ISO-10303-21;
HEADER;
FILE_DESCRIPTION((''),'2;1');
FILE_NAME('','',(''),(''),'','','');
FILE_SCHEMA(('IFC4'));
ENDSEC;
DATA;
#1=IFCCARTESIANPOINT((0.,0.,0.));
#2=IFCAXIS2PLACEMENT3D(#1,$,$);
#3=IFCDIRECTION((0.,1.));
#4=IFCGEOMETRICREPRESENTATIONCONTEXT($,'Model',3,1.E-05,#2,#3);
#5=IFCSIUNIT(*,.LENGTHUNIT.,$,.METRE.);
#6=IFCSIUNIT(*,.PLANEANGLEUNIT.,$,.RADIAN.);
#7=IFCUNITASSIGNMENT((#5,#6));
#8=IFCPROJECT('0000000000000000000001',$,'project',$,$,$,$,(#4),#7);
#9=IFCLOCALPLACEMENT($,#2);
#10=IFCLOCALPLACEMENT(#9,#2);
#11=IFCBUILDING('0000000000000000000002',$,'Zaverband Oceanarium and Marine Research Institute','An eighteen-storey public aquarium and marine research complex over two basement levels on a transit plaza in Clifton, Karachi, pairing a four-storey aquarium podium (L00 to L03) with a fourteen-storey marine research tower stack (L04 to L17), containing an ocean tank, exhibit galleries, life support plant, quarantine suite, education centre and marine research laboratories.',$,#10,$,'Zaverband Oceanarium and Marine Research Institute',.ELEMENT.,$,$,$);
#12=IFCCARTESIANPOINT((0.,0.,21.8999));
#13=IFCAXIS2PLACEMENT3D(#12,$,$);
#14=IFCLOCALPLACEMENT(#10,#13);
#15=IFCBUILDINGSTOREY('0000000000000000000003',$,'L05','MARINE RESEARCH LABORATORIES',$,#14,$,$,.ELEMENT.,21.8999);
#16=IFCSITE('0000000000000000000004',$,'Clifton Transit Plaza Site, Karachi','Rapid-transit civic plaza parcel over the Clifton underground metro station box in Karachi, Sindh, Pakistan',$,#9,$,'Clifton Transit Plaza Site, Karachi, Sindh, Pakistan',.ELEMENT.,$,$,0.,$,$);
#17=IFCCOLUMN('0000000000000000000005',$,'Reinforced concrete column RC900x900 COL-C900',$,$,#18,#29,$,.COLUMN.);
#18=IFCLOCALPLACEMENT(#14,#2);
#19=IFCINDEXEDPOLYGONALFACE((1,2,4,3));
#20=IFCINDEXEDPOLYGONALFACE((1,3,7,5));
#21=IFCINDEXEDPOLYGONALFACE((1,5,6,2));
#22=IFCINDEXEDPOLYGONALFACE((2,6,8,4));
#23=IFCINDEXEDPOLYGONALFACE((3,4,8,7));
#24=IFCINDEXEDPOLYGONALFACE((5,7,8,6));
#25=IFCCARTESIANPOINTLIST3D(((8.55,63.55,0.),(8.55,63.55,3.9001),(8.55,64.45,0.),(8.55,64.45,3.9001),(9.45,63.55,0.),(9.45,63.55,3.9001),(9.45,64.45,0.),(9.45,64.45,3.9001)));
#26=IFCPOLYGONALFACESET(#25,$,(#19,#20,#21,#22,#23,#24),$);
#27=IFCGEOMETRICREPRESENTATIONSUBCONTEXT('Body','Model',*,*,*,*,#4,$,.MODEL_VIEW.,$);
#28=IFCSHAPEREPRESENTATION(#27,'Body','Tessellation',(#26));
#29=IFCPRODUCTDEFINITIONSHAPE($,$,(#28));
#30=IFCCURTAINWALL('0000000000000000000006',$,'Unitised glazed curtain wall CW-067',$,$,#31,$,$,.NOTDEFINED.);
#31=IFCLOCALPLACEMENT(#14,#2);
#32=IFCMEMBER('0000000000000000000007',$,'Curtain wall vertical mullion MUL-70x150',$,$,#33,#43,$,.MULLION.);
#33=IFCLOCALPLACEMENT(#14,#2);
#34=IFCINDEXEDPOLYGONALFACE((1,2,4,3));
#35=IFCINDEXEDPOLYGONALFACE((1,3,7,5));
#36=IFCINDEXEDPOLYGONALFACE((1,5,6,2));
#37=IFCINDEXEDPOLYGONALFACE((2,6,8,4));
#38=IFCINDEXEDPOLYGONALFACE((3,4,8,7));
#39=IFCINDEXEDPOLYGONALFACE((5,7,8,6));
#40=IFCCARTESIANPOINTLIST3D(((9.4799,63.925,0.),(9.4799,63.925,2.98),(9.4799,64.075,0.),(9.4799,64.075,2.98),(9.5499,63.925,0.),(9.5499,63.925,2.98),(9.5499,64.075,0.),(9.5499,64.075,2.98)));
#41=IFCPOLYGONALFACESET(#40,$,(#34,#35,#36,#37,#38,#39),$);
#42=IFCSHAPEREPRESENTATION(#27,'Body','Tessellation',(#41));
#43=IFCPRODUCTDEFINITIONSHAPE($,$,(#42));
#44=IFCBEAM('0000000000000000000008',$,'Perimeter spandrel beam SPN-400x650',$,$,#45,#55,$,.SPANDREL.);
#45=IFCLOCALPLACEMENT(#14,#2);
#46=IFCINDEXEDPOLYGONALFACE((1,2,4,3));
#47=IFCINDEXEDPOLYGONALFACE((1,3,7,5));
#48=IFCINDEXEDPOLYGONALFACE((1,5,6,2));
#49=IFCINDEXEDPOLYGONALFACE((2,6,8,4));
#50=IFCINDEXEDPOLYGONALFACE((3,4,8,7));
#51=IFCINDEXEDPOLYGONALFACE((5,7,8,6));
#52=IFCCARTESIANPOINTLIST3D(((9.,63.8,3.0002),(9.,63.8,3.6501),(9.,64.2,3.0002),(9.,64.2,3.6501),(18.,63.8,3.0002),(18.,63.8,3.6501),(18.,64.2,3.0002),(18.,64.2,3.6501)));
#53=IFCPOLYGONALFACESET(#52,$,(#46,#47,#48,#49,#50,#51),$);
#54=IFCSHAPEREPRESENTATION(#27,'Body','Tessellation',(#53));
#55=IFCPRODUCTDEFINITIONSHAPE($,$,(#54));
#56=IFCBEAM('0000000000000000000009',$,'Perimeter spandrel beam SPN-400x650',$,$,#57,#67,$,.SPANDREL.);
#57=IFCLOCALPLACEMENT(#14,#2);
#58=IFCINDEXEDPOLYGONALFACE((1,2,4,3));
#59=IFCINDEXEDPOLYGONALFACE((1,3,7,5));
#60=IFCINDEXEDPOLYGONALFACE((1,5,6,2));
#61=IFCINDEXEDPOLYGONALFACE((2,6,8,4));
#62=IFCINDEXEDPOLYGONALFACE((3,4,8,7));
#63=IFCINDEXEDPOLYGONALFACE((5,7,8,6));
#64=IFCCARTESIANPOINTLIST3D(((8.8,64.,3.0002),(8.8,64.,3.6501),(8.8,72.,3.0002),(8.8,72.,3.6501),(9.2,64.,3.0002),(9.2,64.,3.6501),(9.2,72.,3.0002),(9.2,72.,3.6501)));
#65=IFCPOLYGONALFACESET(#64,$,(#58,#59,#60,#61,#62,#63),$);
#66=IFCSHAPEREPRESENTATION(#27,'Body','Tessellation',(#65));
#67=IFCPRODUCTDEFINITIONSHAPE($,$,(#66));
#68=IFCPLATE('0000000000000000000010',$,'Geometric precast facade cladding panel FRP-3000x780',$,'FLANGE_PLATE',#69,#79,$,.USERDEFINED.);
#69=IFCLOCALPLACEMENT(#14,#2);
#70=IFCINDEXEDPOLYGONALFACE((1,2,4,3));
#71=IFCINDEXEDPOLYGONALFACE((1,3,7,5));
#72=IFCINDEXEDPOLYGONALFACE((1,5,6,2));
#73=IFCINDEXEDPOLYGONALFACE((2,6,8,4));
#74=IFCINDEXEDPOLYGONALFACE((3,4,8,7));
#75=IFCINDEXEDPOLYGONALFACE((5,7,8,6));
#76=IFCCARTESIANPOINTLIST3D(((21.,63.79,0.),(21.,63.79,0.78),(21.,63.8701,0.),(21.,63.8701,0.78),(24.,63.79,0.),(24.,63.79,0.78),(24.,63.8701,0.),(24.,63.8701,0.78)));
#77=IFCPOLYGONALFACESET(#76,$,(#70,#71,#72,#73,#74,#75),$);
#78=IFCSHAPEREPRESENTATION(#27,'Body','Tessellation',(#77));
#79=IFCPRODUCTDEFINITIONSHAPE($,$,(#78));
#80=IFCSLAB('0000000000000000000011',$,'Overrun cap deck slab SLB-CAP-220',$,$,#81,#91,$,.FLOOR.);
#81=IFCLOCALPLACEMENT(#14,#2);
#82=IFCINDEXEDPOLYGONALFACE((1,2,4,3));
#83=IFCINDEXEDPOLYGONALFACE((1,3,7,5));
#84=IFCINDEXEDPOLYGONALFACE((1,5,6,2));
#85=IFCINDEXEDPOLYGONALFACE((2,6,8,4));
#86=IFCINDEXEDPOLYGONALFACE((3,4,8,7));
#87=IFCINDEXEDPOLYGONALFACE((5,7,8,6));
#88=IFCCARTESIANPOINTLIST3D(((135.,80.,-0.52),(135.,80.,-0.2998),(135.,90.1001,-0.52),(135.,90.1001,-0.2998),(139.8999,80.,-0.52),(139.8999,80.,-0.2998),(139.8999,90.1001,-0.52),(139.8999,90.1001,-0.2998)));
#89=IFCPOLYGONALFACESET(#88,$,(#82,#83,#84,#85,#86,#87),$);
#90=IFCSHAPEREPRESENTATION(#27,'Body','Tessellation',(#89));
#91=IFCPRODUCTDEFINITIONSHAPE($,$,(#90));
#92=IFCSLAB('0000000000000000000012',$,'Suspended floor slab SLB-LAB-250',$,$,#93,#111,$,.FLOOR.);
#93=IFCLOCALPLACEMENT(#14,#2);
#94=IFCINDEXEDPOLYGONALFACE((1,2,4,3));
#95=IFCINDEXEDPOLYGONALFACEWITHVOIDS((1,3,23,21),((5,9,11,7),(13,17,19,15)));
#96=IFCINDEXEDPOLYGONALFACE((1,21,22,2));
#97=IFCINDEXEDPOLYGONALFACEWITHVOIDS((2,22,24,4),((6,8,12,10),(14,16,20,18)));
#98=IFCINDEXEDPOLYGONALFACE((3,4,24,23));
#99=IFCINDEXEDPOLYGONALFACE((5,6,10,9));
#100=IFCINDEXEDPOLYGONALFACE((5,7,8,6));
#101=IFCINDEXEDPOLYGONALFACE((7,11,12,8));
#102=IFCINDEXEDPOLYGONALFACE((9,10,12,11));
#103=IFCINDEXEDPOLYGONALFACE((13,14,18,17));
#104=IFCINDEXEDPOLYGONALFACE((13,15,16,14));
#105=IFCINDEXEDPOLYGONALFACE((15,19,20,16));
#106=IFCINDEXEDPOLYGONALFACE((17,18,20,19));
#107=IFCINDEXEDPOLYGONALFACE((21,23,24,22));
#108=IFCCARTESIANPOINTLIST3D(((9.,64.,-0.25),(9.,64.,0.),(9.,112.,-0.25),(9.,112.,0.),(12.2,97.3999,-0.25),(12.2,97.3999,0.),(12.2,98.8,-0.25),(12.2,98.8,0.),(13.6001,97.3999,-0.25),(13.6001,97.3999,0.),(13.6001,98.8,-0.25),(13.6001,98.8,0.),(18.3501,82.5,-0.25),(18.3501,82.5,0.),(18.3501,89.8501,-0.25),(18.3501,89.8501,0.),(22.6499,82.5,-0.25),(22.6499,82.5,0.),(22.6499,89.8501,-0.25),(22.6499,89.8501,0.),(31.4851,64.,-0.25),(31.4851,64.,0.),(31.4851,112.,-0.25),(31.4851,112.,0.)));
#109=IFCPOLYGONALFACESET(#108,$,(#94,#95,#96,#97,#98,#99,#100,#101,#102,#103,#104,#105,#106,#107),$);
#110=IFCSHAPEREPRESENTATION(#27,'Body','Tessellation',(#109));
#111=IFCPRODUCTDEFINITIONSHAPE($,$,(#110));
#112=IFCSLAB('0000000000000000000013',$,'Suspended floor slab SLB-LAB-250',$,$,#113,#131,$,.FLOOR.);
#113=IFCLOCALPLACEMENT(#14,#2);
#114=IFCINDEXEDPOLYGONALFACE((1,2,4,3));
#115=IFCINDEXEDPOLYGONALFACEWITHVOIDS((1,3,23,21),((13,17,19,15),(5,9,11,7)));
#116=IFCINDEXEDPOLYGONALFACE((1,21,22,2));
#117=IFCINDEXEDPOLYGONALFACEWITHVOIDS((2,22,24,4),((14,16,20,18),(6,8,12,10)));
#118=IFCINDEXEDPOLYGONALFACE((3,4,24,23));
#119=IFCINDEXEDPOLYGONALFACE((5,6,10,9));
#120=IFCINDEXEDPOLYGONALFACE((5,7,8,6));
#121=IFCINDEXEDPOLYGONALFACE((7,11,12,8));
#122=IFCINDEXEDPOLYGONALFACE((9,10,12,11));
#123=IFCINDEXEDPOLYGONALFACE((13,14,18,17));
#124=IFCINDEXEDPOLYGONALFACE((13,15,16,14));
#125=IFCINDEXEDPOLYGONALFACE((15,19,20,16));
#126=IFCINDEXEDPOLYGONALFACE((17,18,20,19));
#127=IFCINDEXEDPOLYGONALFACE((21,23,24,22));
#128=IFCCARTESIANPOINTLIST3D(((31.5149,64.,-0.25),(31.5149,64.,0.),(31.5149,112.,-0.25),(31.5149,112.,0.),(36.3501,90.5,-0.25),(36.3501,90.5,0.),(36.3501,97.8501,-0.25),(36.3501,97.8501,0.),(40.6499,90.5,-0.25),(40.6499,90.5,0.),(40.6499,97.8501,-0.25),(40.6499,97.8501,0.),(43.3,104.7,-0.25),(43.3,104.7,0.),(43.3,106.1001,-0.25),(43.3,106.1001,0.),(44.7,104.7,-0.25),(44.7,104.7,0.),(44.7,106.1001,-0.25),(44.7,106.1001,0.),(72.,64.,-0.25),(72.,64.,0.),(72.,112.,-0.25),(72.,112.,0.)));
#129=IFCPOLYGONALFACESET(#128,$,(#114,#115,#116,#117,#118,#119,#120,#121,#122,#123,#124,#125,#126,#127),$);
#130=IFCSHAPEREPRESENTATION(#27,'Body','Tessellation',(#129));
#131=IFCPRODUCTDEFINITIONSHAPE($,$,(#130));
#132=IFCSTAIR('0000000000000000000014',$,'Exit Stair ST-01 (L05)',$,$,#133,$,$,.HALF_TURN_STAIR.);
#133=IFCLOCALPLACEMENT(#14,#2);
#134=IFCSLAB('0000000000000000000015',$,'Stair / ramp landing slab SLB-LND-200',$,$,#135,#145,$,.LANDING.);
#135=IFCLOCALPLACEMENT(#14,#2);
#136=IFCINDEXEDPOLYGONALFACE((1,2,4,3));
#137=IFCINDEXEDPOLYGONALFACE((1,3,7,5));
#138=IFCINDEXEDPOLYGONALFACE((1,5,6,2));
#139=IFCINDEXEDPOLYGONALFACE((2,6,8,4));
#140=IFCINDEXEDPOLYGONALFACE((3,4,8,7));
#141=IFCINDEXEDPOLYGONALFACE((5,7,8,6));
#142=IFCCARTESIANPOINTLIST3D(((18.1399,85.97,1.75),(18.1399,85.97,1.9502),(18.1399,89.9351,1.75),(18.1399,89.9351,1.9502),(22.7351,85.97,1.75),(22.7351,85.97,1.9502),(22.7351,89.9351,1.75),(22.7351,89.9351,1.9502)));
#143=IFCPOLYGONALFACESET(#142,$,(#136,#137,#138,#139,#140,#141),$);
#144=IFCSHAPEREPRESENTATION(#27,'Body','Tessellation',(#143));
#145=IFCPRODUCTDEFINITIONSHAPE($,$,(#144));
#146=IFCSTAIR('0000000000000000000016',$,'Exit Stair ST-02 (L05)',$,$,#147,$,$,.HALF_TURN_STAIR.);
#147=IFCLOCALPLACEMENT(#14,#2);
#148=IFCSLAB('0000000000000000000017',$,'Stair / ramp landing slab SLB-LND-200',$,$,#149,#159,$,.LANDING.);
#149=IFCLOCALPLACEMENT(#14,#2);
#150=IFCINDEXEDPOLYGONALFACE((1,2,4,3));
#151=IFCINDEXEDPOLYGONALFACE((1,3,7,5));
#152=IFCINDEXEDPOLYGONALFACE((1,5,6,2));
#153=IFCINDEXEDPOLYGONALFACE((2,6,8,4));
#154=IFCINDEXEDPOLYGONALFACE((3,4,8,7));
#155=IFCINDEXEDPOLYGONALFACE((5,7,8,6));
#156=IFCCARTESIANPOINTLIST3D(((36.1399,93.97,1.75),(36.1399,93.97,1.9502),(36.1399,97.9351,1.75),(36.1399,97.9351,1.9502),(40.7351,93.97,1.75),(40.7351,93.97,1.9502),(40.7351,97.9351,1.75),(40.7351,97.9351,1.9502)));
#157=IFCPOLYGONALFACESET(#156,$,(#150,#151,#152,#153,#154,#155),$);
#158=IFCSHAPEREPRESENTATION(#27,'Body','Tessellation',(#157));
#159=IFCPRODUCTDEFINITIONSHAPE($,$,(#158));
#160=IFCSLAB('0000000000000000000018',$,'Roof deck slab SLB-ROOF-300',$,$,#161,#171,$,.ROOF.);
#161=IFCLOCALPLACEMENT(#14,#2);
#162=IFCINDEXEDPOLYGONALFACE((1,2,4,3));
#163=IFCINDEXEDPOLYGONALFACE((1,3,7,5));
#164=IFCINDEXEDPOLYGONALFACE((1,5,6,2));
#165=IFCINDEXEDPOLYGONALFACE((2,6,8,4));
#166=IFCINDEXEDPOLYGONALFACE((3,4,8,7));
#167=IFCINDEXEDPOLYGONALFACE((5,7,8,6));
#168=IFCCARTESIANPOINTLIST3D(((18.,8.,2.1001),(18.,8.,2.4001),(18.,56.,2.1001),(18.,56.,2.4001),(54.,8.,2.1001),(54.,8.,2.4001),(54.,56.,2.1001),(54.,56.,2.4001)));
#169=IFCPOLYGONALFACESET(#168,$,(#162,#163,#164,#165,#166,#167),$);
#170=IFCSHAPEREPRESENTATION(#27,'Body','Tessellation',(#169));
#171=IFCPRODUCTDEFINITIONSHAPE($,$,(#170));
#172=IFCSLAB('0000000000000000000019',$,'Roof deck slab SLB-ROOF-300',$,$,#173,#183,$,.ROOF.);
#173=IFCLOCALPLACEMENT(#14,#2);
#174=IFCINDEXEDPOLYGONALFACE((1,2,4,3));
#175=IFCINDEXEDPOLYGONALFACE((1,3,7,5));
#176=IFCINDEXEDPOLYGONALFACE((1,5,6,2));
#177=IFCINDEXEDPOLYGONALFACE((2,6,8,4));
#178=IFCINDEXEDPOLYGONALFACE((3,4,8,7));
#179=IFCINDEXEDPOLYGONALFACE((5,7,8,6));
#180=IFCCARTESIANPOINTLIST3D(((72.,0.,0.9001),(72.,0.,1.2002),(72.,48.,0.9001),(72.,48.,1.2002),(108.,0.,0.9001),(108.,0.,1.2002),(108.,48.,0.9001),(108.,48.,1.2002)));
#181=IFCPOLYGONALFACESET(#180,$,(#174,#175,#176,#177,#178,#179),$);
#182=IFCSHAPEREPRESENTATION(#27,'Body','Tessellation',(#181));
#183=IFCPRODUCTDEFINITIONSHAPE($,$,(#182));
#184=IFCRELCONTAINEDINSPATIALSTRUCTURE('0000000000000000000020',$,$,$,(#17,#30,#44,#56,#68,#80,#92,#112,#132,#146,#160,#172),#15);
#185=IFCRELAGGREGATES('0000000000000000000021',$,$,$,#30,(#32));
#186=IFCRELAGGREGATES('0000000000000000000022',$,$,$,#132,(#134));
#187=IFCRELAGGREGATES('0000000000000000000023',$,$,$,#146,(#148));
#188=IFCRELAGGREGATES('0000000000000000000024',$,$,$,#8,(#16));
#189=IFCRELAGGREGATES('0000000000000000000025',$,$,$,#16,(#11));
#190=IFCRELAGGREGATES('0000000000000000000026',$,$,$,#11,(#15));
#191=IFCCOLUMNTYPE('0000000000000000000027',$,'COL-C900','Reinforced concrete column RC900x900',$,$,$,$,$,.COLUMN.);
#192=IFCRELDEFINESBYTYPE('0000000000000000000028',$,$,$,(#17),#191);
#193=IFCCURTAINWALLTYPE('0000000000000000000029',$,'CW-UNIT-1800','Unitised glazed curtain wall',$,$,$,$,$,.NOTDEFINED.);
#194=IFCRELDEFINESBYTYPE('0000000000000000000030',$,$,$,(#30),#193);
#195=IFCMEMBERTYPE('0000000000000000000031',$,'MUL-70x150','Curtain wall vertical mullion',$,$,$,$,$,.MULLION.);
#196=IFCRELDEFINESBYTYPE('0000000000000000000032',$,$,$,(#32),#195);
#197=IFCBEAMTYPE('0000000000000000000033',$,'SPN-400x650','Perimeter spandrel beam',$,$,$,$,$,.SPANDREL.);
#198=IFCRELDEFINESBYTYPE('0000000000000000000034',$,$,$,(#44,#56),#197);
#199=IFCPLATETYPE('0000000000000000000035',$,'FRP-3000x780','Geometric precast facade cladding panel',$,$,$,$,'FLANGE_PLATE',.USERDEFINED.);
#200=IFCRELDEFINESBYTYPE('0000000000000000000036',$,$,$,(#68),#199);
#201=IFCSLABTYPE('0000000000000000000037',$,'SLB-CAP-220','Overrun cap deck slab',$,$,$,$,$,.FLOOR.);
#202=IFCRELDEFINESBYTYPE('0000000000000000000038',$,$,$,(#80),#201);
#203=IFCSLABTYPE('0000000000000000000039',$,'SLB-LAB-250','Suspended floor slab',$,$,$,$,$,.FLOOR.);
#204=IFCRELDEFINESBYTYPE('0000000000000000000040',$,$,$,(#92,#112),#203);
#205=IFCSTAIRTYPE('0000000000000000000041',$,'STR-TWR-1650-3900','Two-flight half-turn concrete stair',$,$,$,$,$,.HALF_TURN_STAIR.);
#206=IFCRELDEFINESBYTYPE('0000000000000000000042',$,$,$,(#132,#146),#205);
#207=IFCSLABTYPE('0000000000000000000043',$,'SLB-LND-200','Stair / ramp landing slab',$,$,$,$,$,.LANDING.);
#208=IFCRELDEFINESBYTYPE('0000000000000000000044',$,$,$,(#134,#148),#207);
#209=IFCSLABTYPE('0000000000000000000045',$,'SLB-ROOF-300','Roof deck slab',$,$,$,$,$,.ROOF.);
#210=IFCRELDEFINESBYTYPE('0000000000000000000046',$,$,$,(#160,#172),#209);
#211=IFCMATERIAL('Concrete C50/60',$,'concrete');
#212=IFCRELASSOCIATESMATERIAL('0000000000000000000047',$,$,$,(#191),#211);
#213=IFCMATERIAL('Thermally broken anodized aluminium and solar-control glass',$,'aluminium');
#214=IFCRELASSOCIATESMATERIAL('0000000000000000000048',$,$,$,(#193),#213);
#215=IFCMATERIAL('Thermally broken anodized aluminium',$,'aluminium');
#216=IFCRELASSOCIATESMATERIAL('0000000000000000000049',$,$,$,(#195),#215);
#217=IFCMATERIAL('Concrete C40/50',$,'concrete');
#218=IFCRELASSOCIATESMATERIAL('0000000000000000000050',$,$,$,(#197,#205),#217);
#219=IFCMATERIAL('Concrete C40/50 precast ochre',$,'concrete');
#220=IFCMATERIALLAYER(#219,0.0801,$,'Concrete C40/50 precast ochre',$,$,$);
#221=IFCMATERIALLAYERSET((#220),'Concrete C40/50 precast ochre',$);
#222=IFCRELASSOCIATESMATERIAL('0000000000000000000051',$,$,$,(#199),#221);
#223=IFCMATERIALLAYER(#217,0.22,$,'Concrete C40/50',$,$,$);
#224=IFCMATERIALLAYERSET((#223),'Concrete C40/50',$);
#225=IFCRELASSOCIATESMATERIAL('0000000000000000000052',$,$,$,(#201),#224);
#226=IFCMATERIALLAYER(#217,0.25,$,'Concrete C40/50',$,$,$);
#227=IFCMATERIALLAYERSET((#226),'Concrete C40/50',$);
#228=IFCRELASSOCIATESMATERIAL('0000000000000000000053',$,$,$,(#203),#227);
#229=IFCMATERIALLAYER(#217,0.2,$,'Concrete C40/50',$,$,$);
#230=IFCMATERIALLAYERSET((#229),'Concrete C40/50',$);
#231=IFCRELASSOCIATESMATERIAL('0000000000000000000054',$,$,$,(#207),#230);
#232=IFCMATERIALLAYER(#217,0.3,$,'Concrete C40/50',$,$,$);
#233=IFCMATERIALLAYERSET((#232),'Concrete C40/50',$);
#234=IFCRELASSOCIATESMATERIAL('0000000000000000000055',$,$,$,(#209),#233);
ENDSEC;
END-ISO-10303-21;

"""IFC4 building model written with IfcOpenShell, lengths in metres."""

from ifc_helpers import new_model, si_unit, direction, frame, frame_2d, origin, origin_2d, place, context, subcontext, project, spatial, polyline, rectangle, outline, extrude, material, layer, layer_set, material_profile, profile_set, type_object, element, aggregate, save


model = new_model("IFC4")

# Units and contexts
model_context = context("Model", 3, precision=1e-05, world=origin(), true_north=direction((0.0, 1.0)))
body_context = subcontext(model_context, "Body", "Model", "MODEL_VIEW")
ifc_project = project(units=[si_unit("LENGTHUNIT", "METRE"), si_unit("PLANEANGLEUNIT", "RADIAN")], contexts=[model_context])

# Site, building, storey
site_placement = place(None, origin())
site = spatial("IfcSite", under=ifc_project, at=site_placement, Name="Clifton Transit Plaza Site, Karachi", Description="Rapid-transit civic plaza parcel over the Clifton underground metro station box in Karachi, Sindh, Pakistan", LongName="Clifton Transit Plaza Site, Karachi, Sindh, Pakistan", CompositionType="ELEMENT", RefElevation=0.0)
building_placement = place(site_placement, origin())
building = spatial("IfcBuilding", under=site, at=building_placement, Name="Zaverband Oceanarium and Marine Research Institute", Description="An eighteen-storey public aquarium and marine research complex over two basement levels on a transit plaza in Clifton, Karachi, pairing a four-storey aquarium podium (L00 to L03) with a fourteen-storey marine research tower stack (L04 to L17), containing an ocean tank, exhibit galleries, life support plant, quarantine suite, education centre and marine research laboratories.", LongName="Zaverband Oceanarium and Marine Research Institute", CompositionType="ELEMENT")
storey_placement = place(building_placement, frame((0.0, 0.0, 21.8999)))
storey = spatial("IfcBuildingStorey", under=building, at=storey_placement, Name="L05", Description="MARINE RESEARCH LABORATORIES", CompositionType="ELEMENT", Elevation=21.8999)

# Column
ifc_material_1 = material(Name="Concrete C50/60", Category="concrete")
ifc_material_profile_1 = material_profile(ifc_material_1, rectangle(XDim=0.8999, YDim=0.8999, at=origin_2d()), Name="RC900x900")
ifc_profile_set_1 = profile_set([ifc_material_profile_1], Name="Concrete C50/60")
column_type = type_object("IfcColumnType", Name="COL-C900", Description="Reinforced concrete column RC900x900", PredefinedType="COLUMN", material=ifc_profile_set_1)
column_placement = place(storey_placement, frame((9.0, 64.0, 0.0), z_axis=(0.0, 0.0, 1.0), x_axis=(1.0, 0.0, 0.0)))
element("IfcColumn", 1, at=column_placement, inside=storey, type_object=column_type, Name="Reinforced concrete column RC900x900 COL-C900", PredefinedType="COLUMN", context=body_context, shape_type="SweptSolid", body=[
    extrude(rectangle(XDim=0.8999, YDim=0.8999, at=origin_2d()), origin(), (0.0, 0.0, 1.0), 3.9001),
])

# Curtain wall, member
ifc_material_2 = material(Name="Thermally broken anodized aluminium and solar-control glass", Category="aluminium")
curtain_wall_type = type_object("IfcCurtainWallType", Name="CW-UNIT-1800", Description="Unitised glazed curtain wall", PredefinedType="NOTDEFINED", material=ifc_material_2)
curtain_wall_placement = place(storey_placement, origin())
curtain_wall = element("IfcCurtainWall", 2, at=curtain_wall_placement, inside=storey, type_object=curtain_wall_type, Name="Unitised glazed curtain wall CW-067", PredefinedType="NOTDEFINED")
ifc_material_3 = material(Name="Thermally broken anodized aluminium", Category="aluminium")
ifc_material_profile_2 = material_profile(ifc_material_3, rectangle(XDim=0.0701, YDim=0.1499, at=origin_2d()), Name="AL-MUL-70x150")
ifc_profile_set_2 = profile_set([ifc_material_profile_2], Name="Thermally broken anodized aluminium")
member_type = type_object("IfcMemberType", Name="MUL-70x150", Description="Curtain wall vertical mullion", PredefinedType="MULLION", material=ifc_profile_set_2)
member_placement = place(storey_placement, frame((9.5149, 64.0, 0.0), z_axis=(0.0, 0.0, 1.0), x_axis=(1.0, 0.0, 0.0)))
member = element("IfcMember", 3, at=member_placement, type_object=member_type, Name="Curtain wall vertical mullion MUL-70x150", PredefinedType="MULLION", context=body_context, shape_type="SweptSolid", body=[
    extrude(rectangle(XDim=0.0701, YDim=0.1499, at=origin_2d()), origin(), (0.0, 0.0, 1.0), 2.98),
])
aggregate(curtain_wall, [member])

# Beams
ifc_material_4 = material(Name="Concrete C40/50", Category="concrete")
ifc_material_profile_3 = material_profile(ifc_material_4, rectangle(XDim=0.3999, YDim=0.6499, at=origin_2d()), Name="RC400x650")
ifc_profile_set_3 = profile_set([ifc_material_profile_3], Name="Concrete C40/50")
beam_type = type_object("IfcBeamType", Name="SPN-400x650", Description="Perimeter spandrel beam", PredefinedType="SPANDREL", material=ifc_profile_set_3)
beam_1_placement = place(storey_placement, frame((9.0, 64.0, 3.3252), z_axis=(1.0, 0.0, 0.0), x_axis=(0.0, 1.0, 0.0)))
element("IfcBeam", 4, at=beam_1_placement, inside=storey, type_object=beam_type, Name="Perimeter spandrel beam SPN-400x650", PredefinedType="SPANDREL", context=body_context, shape_type="SweptSolid", body=[
    extrude(rectangle(XDim=0.3999, YDim=0.6499, at=origin_2d()), origin(), (0.0, 0.0, 1.0), 9.0),
])
beam_2_placement = place(storey_placement, frame((9.0, 64.0, 3.3252), z_axis=(0.0, 1.0, 0.0), x_axis=(-1.0, 0.0, 0.0)))
element("IfcBeam", 5, at=beam_2_placement, inside=storey, type_object=beam_type, Name="Perimeter spandrel beam SPN-400x650", PredefinedType="SPANDREL", context=body_context, shape_type="SweptSolid", body=[
    extrude(rectangle(XDim=0.3999, YDim=0.6499, at=origin_2d()), origin(), (0.0, 0.0, 1.0), 8.0),
])

# Plate
ifc_material_5 = material(Name="Concrete C40/50 precast ochre", Category="concrete")
ifc_layer_1 = layer(ifc_material_5, 0.0801, Name="Concrete C40/50 precast ochre")
ifc_layer_set_1 = layer_set([ifc_layer_1], Name="Concrete C40/50 precast ochre")
plate_type = type_object("IfcPlateType", Name="FRP-3000x780", Description="Geometric precast facade cladding panel", ElementType="FLANGE_PLATE", PredefinedType="USERDEFINED", material=ifc_layer_set_1)
plate_placement = place(storey_placement, frame((21.0, 63.8301, 0.0), z_axis=(0.0, 0.0, 1.0), x_axis=(1.0, 0.0, 0.0)))
element("IfcPlate", 6, at=plate_placement, inside=storey, type_object=plate_type, Name="Geometric precast facade cladding panel FRP-3000x780", ObjectType="FLANGE_PLATE", PredefinedType="USERDEFINED", context=body_context, shape_type="SweptSolid", body=[
    extrude(rectangle(XDim=3.0, YDim=0.0801, at=frame_2d((1.5, 0.0))), origin(), (0.0, 0.0, 1.0), 0.78),
])

# Slabs
ifc_layer_2 = layer(ifc_material_4, 0.22, Name="Concrete C40/50")
ifc_layer_set_2 = layer_set([ifc_layer_2], Name="Concrete C40/50")
slab_type_1 = type_object("IfcSlabType", Name="SLB-CAP-220", Description="Overrun cap deck slab", PredefinedType="FLOOR", material=ifc_layer_set_2)
slab_1_placement = place(storey_placement, frame((0.0, 0.0, -0.52)))
element("IfcSlab", 7, at=slab_1_placement, inside=storey, type_object=slab_type_1, Name="Overrun cap deck slab SLB-CAP-220", PredefinedType="FLOOR", context=body_context, shape_type="SweptSolid", body=[
    extrude(outline(polyline([(135.0, 80.0), (139.8999, 80.0), (139.8999, 90.1001), (135.0, 90.1001), (135.0, 80.0)])), origin(), (0.0, 0.0, 1.0), 0.2202),
])
ifc_layer_3 = layer(ifc_material_4, 0.25, Name="Concrete C40/50")
ifc_layer_set_3 = layer_set([ifc_layer_3], Name="Concrete C40/50")
slab_type_2 = type_object("IfcSlabType", Name="SLB-LAB-250", Description="Suspended floor slab", PredefinedType="FLOOR", material=ifc_layer_set_3)
slab_2_placement = place(storey_placement, frame((0.0, 0.0, -0.25)))
element("IfcSlab", 8, at=slab_2_placement, inside=storey, type_object=slab_type_2, Name="Suspended floor slab SLB-LAB-250", PredefinedType="FLOOR", context=body_context, shape_type="SweptSolid", body=[
    extrude(outline(polyline([(9.0, 112.0), (31.4851, 112.0), (31.4851, 64.0), (9.0, 64.0), (9.0, 112.0)]), holes=[polyline([(18.3501, 89.8501), (18.3501, 82.5), (22.6499, 82.5), (22.6499, 89.8501), (18.3501, 89.8501)]), polyline([(12.2, 98.8), (12.2, 97.3999), (13.6001, 97.3999), (13.6001, 98.8), (12.2, 98.8)])]), origin(), (0.0, 0.0, 1.0), 0.25),
])
slab_3_placement = place(storey_placement, frame((0.0, 0.0, -0.25)))
element("IfcSlab", 9, at=slab_3_placement, inside=storey, type_object=slab_type_2, Name="Suspended floor slab SLB-LAB-250", PredefinedType="FLOOR", context=body_context, shape_type="SweptSolid", body=[
    extrude(outline(polyline([(31.5149, 112.0), (72.0, 112.0), (72.0, 64.0), (31.5149, 64.0), (31.5149, 112.0)]), holes=[polyline([(36.3501, 97.8501), (36.3501, 90.5), (40.6499, 90.5), (40.6499, 97.8501), (36.3501, 97.8501)]), polyline([(43.3, 106.1001), (43.3, 104.7), (44.7, 104.7), (44.7, 106.1001), (43.3, 106.1001)])]), origin(), (0.0, 0.0, 1.0), 0.25),
])

# Stairs, slabs
stair_type = type_object("IfcStairType", Name="STR-TWR-1650-3900", Description="Two-flight half-turn concrete stair", PredefinedType="HALF_TURN_STAIR", material=ifc_material_4)
stair_1_placement = place(storey_placement, origin())
stair_1 = element("IfcStair", 10, at=stair_1_placement, inside=storey, type_object=stair_type, Name="Exit Stair ST-01 (L05)", PredefinedType="HALF_TURN_STAIR")
ifc_layer_4 = layer(ifc_material_4, 0.2, Name="Concrete C40/50")
ifc_layer_set_4 = layer_set([ifc_layer_4], Name="Concrete C40/50")
slab_type_3 = type_object("IfcSlabType", Name="SLB-LND-200", Description="Stair / ramp landing slab", PredefinedType="LANDING", material=ifc_layer_set_4)
slab_4_placement = place(storey_placement, frame((0.0, 0.0, 1.75)))
slab_4 = element("IfcSlab", 11, at=slab_4_placement, type_object=slab_type_3, Name="Stair / ramp landing slab SLB-LND-200", PredefinedType="LANDING", context=body_context, shape_type="SweptSolid", body=[
    extrude(outline(polyline([(18.1399, 85.97), (22.7351, 85.97), (22.7351, 89.9351), (18.1399, 89.9351), (18.1399, 85.97)])), origin(), (0.0, 0.0, 1.0), 0.2002),
])
aggregate(stair_1, [slab_4])
stair_2_placement = place(storey_placement, origin())
stair_2 = element("IfcStair", 12, at=stair_2_placement, inside=storey, type_object=stair_type, Name="Exit Stair ST-02 (L05)", PredefinedType="HALF_TURN_STAIR")
slab_5_placement = place(storey_placement, frame((0.0, 0.0, 1.75)))
slab_5 = element("IfcSlab", 13, at=slab_5_placement, type_object=slab_type_3, Name="Stair / ramp landing slab SLB-LND-200", PredefinedType="LANDING", context=body_context, shape_type="SweptSolid", body=[
    extrude(outline(polyline([(36.1399, 93.97), (40.7351, 93.97), (40.7351, 97.9351), (36.1399, 97.9351), (36.1399, 93.97)])), origin(), (0.0, 0.0, 1.0), 0.2002),
])
aggregate(stair_2, [slab_5])

# Slabs
ifc_layer_5 = layer(ifc_material_4, 0.3, Name="Concrete C40/50")
ifc_layer_set_5 = layer_set([ifc_layer_5], Name="Concrete C40/50")
slab_type_4 = type_object("IfcSlabType", Name="SLB-ROOF-300", Description="Roof deck slab", PredefinedType="ROOF", material=ifc_layer_set_5)
slab_6_placement = place(storey_placement, frame((0.0, 0.0, 2.1001)))
element("IfcSlab", 14, at=slab_6_placement, inside=storey, type_object=slab_type_4, Name="Roof deck slab SLB-ROOF-300", PredefinedType="ROOF", context=body_context, shape_type="SweptSolid", body=[
    extrude(outline(polyline([(18.0, 8.0), (54.0, 8.0), (54.0, 56.0), (18.0, 56.0), (18.0, 8.0)])), origin(), (0.0, 0.0, 1.0), 0.3),
])
slab_7_placement = place(storey_placement, frame((0.0, 0.0, 0.9001)))
element("IfcSlab", 15, at=slab_7_placement, inside=storey, type_object=slab_type_4, Name="Roof deck slab SLB-ROOF-300", PredefinedType="ROOF", context=body_context, shape_type="SweptSolid", body=[
    extrude(outline(polyline([(72.0, 0.0), (108.0, 0.0), (108.0, 48.0), (72.0, 48.0), (72.0, 0.0)])), origin(), (0.0, 0.0, 1.0), 0.3),
])

save(model, "model.ifc")
